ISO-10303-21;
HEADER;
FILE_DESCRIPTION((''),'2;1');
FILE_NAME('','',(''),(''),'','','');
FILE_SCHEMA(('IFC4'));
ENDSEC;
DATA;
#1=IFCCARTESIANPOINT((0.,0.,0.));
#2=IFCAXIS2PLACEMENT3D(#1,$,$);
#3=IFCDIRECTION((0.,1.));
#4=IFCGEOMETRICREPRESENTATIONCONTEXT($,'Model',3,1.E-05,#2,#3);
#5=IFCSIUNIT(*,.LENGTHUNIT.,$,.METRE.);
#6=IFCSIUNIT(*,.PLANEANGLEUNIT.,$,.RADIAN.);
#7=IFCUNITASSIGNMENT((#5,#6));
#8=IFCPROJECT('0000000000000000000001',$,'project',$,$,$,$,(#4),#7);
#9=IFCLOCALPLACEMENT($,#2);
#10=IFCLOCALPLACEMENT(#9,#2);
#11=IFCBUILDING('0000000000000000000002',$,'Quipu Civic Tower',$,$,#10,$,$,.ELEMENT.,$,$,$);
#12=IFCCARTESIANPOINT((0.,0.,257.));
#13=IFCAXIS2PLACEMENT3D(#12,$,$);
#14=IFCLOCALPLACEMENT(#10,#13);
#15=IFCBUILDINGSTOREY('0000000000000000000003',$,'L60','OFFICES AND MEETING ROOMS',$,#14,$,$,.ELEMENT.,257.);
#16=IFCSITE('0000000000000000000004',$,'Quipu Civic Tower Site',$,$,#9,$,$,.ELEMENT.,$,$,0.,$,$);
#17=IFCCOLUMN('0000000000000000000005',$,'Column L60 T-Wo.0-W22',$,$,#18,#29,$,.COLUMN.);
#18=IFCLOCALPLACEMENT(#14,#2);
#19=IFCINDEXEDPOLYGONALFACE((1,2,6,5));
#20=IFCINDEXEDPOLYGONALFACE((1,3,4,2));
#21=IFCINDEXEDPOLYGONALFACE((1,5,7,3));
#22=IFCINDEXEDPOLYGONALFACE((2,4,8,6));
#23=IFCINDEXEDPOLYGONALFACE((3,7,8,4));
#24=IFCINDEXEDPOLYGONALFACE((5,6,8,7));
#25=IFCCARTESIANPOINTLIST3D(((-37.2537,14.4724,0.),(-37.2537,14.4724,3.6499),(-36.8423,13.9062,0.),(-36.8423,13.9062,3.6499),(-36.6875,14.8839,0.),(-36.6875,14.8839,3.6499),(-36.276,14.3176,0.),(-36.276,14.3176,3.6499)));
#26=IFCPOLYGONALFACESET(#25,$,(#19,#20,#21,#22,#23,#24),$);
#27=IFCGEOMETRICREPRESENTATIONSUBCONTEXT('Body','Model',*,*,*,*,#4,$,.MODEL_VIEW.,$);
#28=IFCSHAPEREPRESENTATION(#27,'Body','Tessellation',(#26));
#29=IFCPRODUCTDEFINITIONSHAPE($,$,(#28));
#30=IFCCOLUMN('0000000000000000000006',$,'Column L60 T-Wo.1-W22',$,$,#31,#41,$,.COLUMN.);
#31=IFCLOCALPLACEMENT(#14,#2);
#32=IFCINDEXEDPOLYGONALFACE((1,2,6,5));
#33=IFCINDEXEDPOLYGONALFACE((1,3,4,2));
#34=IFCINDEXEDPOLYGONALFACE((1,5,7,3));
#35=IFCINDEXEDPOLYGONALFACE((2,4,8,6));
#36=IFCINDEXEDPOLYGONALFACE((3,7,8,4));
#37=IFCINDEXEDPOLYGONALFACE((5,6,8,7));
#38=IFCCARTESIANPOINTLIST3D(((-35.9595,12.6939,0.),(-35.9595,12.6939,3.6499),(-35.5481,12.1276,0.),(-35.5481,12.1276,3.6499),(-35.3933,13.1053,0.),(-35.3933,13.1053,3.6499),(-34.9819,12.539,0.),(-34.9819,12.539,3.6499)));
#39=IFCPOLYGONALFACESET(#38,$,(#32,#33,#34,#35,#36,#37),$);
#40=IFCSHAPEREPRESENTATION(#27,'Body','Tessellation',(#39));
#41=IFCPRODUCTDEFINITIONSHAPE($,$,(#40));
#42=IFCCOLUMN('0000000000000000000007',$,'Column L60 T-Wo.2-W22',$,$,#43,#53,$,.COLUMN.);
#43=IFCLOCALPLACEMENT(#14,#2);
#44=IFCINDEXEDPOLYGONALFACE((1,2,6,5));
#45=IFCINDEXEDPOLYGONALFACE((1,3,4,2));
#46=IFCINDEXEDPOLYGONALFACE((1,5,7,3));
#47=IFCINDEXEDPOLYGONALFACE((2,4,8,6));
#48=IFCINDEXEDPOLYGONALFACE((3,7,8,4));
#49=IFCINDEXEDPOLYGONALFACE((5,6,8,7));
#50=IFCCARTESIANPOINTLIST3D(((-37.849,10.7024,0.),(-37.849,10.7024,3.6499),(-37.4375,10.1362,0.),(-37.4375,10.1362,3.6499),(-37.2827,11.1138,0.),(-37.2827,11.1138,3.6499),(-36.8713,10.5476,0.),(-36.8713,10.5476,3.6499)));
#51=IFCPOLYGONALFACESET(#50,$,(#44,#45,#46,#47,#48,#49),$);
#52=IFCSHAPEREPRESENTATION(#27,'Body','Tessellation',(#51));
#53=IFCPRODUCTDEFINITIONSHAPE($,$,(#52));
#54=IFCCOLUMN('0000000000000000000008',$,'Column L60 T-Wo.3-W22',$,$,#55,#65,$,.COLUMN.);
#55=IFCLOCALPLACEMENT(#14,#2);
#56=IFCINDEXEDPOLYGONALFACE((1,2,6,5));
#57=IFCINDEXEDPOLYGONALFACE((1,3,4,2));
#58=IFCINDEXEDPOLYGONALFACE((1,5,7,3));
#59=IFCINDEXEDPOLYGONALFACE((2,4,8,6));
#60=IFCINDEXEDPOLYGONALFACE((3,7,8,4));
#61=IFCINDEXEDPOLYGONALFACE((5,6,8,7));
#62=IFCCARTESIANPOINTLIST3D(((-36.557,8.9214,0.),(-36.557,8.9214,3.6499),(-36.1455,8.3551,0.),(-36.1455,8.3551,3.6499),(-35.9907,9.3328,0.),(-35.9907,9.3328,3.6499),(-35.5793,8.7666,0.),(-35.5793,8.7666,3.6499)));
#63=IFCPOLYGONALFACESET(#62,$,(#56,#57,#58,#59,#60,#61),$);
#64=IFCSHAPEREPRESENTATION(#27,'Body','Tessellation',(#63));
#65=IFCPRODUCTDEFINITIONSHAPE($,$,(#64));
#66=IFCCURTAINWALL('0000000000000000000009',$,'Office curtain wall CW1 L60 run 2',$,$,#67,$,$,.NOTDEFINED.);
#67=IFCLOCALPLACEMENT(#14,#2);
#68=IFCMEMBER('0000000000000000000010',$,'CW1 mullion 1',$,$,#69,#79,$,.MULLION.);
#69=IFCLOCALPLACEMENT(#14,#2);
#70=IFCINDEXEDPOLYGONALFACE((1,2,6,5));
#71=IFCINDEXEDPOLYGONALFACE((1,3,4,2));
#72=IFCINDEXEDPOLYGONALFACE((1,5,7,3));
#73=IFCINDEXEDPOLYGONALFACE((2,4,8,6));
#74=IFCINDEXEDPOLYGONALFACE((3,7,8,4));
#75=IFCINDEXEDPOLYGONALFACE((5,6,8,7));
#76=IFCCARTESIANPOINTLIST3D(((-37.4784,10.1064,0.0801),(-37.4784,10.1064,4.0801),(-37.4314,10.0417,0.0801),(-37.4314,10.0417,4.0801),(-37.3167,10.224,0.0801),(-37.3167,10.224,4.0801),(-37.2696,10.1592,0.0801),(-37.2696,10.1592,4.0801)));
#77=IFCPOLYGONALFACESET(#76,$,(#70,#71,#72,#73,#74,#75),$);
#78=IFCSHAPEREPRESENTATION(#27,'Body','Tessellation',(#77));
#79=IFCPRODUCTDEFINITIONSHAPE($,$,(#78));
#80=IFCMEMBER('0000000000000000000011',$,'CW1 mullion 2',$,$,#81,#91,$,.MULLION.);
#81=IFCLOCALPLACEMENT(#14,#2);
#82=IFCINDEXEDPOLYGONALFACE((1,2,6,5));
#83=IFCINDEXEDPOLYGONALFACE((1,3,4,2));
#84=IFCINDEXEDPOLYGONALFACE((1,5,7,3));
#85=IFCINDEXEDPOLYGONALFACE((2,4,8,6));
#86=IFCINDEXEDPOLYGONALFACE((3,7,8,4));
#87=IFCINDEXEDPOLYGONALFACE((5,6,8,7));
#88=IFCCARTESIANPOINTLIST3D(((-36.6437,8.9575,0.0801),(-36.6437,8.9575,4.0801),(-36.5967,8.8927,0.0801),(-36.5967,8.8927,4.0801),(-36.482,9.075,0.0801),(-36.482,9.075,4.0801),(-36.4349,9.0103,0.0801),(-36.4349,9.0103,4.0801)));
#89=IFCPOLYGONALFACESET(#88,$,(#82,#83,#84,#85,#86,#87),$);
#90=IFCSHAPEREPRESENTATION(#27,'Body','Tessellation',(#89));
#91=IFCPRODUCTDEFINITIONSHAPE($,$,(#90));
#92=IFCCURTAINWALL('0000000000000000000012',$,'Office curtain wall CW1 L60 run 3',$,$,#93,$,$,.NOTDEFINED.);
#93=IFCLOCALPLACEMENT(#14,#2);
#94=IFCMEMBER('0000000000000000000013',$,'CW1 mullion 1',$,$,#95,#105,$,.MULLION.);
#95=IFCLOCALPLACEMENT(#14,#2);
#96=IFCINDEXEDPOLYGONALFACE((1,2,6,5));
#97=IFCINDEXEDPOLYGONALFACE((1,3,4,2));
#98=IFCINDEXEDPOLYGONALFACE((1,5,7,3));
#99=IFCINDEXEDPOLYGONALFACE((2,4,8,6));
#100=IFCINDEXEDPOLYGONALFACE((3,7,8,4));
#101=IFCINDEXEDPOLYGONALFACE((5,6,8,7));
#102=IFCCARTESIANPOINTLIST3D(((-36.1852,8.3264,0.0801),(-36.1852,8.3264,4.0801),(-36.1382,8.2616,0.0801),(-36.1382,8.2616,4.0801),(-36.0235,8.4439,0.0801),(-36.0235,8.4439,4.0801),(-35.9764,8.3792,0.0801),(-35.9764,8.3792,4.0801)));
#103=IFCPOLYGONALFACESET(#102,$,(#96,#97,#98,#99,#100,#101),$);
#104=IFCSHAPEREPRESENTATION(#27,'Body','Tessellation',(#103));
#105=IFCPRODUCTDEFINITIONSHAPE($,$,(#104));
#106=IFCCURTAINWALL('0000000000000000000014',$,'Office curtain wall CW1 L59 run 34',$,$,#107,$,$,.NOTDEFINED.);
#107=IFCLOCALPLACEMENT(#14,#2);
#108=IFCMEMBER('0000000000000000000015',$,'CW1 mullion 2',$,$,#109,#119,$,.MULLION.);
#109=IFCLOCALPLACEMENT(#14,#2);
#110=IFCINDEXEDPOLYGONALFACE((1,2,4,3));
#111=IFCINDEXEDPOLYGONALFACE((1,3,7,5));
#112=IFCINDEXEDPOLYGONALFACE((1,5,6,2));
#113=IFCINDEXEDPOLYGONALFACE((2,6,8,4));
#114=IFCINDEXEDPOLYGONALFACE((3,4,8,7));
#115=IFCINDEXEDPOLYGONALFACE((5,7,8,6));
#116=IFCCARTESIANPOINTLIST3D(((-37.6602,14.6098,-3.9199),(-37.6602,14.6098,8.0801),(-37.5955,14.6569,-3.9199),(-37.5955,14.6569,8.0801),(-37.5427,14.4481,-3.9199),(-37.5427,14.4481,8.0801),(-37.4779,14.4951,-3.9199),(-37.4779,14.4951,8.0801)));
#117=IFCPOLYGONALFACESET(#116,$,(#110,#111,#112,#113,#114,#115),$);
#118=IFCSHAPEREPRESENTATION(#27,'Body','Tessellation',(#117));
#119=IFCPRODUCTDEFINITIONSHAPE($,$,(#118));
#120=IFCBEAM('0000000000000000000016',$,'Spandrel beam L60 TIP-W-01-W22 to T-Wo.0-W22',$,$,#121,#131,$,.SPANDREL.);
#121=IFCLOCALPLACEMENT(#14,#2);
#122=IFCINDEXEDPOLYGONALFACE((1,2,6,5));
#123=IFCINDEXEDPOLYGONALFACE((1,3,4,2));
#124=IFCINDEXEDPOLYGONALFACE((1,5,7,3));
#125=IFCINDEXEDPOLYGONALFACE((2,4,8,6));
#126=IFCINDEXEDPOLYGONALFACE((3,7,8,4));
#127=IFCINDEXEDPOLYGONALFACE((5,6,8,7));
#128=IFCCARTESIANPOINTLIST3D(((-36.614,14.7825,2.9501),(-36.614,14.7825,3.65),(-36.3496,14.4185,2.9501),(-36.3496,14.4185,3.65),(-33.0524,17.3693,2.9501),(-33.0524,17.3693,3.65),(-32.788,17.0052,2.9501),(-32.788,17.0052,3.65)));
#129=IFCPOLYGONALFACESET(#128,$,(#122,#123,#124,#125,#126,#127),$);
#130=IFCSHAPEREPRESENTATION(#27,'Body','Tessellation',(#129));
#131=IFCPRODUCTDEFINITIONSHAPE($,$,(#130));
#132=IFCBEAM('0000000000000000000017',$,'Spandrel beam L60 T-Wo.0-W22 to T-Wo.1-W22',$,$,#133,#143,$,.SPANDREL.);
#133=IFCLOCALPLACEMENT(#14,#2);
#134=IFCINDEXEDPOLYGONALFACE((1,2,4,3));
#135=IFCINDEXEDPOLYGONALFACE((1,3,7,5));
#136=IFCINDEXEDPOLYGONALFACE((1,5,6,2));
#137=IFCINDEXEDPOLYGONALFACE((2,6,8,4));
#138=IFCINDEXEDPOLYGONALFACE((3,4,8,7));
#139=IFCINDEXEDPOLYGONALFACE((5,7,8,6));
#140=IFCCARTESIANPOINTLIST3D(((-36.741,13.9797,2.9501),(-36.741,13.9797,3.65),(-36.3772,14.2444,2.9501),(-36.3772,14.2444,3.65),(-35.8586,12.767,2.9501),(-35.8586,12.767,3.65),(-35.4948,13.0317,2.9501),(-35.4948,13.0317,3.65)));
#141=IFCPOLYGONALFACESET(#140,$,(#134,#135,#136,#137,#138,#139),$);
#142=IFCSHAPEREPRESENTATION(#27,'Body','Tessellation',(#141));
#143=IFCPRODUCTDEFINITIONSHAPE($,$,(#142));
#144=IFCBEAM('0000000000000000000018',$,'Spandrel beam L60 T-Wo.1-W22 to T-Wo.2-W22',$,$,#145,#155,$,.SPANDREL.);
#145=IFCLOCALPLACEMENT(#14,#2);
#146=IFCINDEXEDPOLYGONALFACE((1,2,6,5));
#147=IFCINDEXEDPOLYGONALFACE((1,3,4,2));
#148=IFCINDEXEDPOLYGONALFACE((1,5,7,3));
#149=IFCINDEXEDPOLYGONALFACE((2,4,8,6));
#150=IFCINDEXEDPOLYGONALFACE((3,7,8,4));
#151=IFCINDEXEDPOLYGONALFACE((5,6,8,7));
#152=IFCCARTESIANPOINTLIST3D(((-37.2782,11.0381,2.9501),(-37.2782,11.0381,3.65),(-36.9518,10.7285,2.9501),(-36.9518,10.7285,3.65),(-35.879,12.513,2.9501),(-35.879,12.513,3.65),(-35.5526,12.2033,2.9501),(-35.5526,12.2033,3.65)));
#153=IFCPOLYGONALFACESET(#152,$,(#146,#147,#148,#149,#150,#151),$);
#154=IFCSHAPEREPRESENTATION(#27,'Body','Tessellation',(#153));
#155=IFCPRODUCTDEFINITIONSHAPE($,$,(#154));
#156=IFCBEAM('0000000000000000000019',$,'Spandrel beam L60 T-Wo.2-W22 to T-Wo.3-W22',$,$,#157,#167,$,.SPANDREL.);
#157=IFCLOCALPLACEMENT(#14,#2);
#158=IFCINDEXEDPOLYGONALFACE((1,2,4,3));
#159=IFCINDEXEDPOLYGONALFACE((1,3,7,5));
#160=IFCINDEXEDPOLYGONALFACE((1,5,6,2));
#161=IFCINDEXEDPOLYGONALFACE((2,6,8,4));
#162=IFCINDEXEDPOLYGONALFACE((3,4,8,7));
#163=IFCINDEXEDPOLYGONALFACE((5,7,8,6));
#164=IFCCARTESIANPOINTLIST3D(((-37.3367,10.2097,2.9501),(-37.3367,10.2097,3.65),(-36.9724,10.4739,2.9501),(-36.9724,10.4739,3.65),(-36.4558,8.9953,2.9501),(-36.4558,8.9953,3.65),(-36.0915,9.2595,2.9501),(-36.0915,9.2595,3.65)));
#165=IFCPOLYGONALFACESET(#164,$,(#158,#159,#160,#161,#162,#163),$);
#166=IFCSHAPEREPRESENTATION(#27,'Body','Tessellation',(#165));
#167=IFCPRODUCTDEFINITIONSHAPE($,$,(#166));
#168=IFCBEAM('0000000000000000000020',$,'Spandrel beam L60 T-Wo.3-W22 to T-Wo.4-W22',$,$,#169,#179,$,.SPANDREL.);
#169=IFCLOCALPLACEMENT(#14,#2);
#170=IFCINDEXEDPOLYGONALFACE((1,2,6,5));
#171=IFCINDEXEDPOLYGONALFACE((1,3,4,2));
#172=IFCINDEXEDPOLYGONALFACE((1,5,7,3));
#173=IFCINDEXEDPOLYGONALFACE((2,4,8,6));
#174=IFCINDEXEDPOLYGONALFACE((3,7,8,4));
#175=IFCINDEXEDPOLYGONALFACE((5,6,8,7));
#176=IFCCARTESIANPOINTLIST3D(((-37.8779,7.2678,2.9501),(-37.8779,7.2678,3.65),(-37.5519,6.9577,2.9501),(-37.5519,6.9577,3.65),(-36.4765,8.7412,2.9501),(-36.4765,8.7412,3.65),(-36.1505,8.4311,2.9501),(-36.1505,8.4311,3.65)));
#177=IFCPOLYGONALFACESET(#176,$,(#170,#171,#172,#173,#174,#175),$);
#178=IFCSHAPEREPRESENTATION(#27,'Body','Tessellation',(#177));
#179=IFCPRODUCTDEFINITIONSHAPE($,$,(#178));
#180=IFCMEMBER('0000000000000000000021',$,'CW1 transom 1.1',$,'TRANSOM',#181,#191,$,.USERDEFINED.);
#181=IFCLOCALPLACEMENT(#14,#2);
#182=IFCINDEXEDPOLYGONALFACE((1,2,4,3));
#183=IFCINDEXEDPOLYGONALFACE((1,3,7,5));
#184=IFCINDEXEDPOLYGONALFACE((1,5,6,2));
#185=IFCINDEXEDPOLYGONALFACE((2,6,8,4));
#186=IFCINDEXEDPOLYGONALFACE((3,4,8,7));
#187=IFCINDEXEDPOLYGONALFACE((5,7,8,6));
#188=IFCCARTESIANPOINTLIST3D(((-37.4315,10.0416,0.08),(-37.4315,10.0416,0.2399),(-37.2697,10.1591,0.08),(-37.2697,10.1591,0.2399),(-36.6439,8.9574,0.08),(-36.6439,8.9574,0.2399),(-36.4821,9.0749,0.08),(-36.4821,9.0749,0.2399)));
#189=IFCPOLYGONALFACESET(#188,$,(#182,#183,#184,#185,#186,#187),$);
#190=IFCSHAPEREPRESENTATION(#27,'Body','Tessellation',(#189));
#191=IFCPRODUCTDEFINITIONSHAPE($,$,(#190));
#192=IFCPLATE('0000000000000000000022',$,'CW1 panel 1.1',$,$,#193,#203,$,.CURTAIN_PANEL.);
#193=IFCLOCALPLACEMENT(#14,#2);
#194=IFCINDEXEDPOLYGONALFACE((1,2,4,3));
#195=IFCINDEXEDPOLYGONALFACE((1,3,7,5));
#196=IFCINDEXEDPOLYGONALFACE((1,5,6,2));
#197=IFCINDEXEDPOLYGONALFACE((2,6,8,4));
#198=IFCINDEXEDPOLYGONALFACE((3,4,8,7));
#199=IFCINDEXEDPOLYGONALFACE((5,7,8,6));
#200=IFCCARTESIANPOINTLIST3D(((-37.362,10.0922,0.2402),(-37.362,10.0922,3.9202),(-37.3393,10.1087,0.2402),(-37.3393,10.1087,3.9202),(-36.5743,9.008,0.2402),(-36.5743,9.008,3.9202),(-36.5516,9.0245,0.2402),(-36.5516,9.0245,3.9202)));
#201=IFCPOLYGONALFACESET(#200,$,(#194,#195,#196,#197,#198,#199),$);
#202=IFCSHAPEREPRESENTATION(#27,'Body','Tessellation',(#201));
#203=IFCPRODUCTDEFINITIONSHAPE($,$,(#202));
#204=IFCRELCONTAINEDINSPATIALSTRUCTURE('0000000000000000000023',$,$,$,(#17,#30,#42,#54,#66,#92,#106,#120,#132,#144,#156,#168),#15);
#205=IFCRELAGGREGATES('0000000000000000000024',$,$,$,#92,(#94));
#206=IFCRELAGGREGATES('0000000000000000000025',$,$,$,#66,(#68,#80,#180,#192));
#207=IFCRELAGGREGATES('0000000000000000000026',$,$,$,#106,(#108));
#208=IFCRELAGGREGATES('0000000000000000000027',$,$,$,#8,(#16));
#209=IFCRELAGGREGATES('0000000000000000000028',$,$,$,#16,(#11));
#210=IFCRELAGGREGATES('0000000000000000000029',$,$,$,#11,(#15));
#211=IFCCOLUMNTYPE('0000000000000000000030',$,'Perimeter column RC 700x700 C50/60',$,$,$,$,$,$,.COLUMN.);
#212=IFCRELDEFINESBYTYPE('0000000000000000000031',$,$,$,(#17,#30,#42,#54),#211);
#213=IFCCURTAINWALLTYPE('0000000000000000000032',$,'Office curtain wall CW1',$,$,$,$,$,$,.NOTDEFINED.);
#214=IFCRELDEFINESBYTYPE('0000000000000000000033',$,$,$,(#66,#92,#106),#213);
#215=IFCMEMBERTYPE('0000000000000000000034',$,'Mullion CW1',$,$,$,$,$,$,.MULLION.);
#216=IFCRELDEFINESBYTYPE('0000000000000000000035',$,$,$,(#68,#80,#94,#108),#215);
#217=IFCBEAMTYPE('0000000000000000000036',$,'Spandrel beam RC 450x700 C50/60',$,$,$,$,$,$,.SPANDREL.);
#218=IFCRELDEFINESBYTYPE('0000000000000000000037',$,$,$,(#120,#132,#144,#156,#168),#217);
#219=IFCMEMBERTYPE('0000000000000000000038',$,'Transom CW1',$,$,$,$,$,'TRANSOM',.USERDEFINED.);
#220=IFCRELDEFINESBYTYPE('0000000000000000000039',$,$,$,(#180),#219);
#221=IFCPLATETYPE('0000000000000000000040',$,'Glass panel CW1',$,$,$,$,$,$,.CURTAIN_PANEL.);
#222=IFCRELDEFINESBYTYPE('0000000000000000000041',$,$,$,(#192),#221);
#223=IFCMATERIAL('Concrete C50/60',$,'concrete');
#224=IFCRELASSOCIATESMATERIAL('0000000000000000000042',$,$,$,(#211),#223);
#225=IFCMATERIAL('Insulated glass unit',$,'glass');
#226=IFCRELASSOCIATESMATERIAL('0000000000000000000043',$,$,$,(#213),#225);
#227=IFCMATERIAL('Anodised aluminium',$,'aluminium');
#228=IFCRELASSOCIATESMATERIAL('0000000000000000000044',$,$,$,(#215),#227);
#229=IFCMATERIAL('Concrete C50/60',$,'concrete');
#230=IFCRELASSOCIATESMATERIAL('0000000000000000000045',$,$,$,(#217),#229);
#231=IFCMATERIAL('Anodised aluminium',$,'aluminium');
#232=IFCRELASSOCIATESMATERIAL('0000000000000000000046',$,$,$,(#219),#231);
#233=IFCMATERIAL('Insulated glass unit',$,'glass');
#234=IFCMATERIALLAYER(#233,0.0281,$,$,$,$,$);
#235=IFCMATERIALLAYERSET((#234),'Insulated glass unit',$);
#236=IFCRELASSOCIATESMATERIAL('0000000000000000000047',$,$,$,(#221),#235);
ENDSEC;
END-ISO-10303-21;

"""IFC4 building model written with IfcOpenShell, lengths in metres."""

from ifc_helpers import new_model, si_unit, direction, frame, origin, origin_2d, place, context, subcontext, project, spatial, rectangle, extrude, material, layer, layer_set, material_profile, profile_set, type_object, element, aggregate, save


model = new_model("IFC4")

# Units and contexts
model_context = context("Model", 3, precision=1e-05, world=origin(), true_north=direction((0.0, 1.0)))
body_context = subcontext(model_context, "Body", "Model", "MODEL_VIEW")
ifc_project = project(units=[si_unit("LENGTHUNIT", "METRE"), si_unit("PLANEANGLEUNIT", "RADIAN")], contexts=[model_context])

# Site, building, storey
site_placement = place(None, origin())
site = spatial("IfcSite", under=ifc_project, at=site_placement, Name="Quipu Civic Tower Site", CompositionType="ELEMENT", RefElevation=0.0)
building_placement = place(site_placement, origin())
building = spatial("IfcBuilding", under=site, at=building_placement, Name="Quipu Civic Tower", CompositionType="ELEMENT")
storey_placement = place(building_placement, frame((0.0, 0.0, 257.0)))
storey = spatial("IfcBuildingStorey", under=building, at=storey_placement, Name="L60", Description="OFFICES AND MEETING ROOMS", CompositionType="ELEMENT", Elevation=257.0)

# Columns
ifc_material_1 = material(Name="Concrete C50/60", Category="concrete")
ifc_material_profile_1 = material_profile(ifc_material_1, rectangle(XDim=0.7, YDim=0.7, at=origin_2d()), Name="RC700x700")
ifc_profile_set_1 = profile_set([ifc_material_profile_1], Name="Concrete C50/60")
column_type = type_object("IfcColumnType", Name="Perimeter column RC 700x700 C50/60", PredefinedType="COLUMN", material=ifc_profile_set_1)
for number, where, z_axis, x_axis, name in (
    (1, (-36.7649, 14.395, 0.0), (0.0, 0.0, 1.0), (0.587785, -0.809017, 0.0), "Column L60 T-Wo.0-W22"),
    (2, (-35.4707, 12.6165, 0.0), (0.0, 0.0, 1.0), (-0.809017, -0.587785, 0.0), "Column L60 T-Wo.1-W22"),
    (3, (-37.3601, 10.625, 0.0), (0.0, 0.0, 1.0), (0.587785, -0.809017, 0.0), "Column L60 T-Wo.2-W22"),
    (4, (-36.0681, 8.844, 0.0), (0.0, 0.0, 1.0), (0.587785, -0.809017, 0.0), "Column L60 T-Wo.3-W22"),
):
    element("IfcColumn", number, at=place(storey_placement, frame(where, z_axis=z_axis, x_axis=x_axis)), inside=storey, type_object=column_type, Name=name, PredefinedType="COLUMN", context=body_context, shape_type="SweptSolid", body=[
        extrude(rectangle(XDim=0.7, YDim=0.7, at=origin_2d()), origin(), (0.0, 0.0, 1.0), 3.6499),
    ])

# Curtain wall, members
ifc_material_2 = material(Name="Insulated glass unit", Category="glass")
curtain_wall_type = type_object("IfcCurtainWallType", Name="Office curtain wall CW1", PredefinedType="NOTDEFINED", material=ifc_material_2)
curtain_wall_1_placement = place(storey_placement, origin())
curtain_wall_1 = element("IfcCurtainWall", 5, at=curtain_wall_1_placement, inside=storey, type_object=curtain_wall_type, Name="Office curtain wall CW1 L60 run 2", PredefinedType="NOTDEFINED")
ifc_material_3 = material(Name="Anodised aluminium", Category="aluminium")
ifc_material_profile_2 = material_profile(ifc_material_3, rectangle(XDim=0.2, YDim=0.0801, at=origin_2d()), Name="RECT 200x80")
ifc_profile_set_2 = profile_set([ifc_material_profile_2], Name="Anodised aluminium")
member_type_1 = type_object("IfcMemberType", Name="Mullion CW1", PredefinedType="MULLION", material=ifc_profile_set_2)
member_1_placement = place(storey_placement, frame((-37.374, 10.1328, 0.0801), z_axis=(0.0, 0.0, 1.0), x_axis=(0.809027, 0.587771, 0.0)))
member_1 = element("IfcMember", 6, at=member_1_placement, type_object=member_type_1, Name="CW1 mullion 1", PredefinedType="MULLION", context=body_context, shape_type="SweptSolid", body=[
    extrude(rectangle(XDim=0.2, YDim=0.0801, at=origin_2d()), origin(), (0.0, 0.0, 1.0), 4.0),
])
member_2_placement = place(storey_placement, frame((-36.5393, 8.9839, 0.0801), z_axis=(0.0, 0.0, 1.0), x_axis=(0.809027, 0.587771, 0.0)))
member_2 = element("IfcMember", 7, at=member_2_placement, type_object=member_type_1, Name="CW1 mullion 2", PredefinedType="MULLION", context=body_context, shape_type="SweptSolid", body=[
    extrude(rectangle(XDim=0.2, YDim=0.0801, at=origin_2d()), origin(), (0.0, 0.0, 1.0), 4.0),
])

# Curtain walls, members
curtain_wall_2_placement = place(storey_placement, origin())
curtain_wall_2 = element("IfcCurtainWall", 8, at=curtain_wall_2_placement, inside=storey, type_object=curtain_wall_type, Name="Office curtain wall CW1 L60 run 3", PredefinedType="NOTDEFINED")
member_3_placement = place(storey_placement, frame((-36.0808, 8.3528, 0.0801), z_axis=(0.0, 0.0, 1.0), x_axis=(0.808995, 0.587815, 0.0)))
member_3 = element("IfcMember", 9, at=member_3_placement, type_object=member_type_1, Name="CW1 mullion 1", PredefinedType="MULLION", context=body_context, shape_type="SweptSolid", body=[
    extrude(rectangle(XDim=0.2, YDim=0.0801, at=origin_2d()), origin(), (0.0, 0.0, 1.0), 4.0),
])
aggregate(curtain_wall_2, [member_3])
curtain_wall_3_placement = place(storey_placement, origin())
curtain_wall_3 = element("IfcCurtainWall", 10, at=curtain_wall_3_placement, inside=storey, type_object=curtain_wall_type, Name="Office curtain wall CW1 L59 run 34", PredefinedType="NOTDEFINED")
member_4_placement = place(storey_placement, frame((-37.5691, 14.5525, -3.9199), z_axis=(0.0, 0.0, 1.0), x_axis=(0.587788, -0.809015, 0.0)))
member_4 = element("IfcMember", 11, at=member_4_placement, type_object=member_type_1, Name="CW1 mullion 2", PredefinedType="MULLION", context=body_context, shape_type="SweptSolid", body=[
    extrude(rectangle(XDim=0.2, YDim=0.0801, at=origin_2d()), origin(), (0.0, 0.0, 1.0), 12.0),
])

# Beams
ifc_material_4 = material(Name="Concrete C50/60", Category="concrete")
ifc_material_profile_3 = material_profile(ifc_material_4, rectangle(XDim=0.45, YDim=0.7, at=origin_2d()), Name="RC450x700")
ifc_profile_set_3 = profile_set([ifc_material_profile_3], Name="Concrete C50/60")
beam_type = type_object("IfcBeamType", Name="Spandrel beam RC 450x700 C50/60", PredefinedType="SPANDREL", material=ifc_profile_set_3)
beam_1_placement = place(storey_placement, frame((-32.9202, 17.1873, 3.3), z_axis=(-0.809117, -0.587647, 0.0), x_axis=(0.587647, -0.809117, 0.0)))
element("IfcBeam", 12, at=beam_1_placement, inside=storey, type_object=beam_type, Name="Spandrel beam L60 TIP-W-01-W22 to T-Wo.0-W22", PredefinedType="SPANDREL", context=body_context, shape_type="SweptSolid", body=[
    extrude(rectangle(XDim=0.45, YDim=0.7, at=origin_2d()), origin(), (0.0, 0.0, 1.0), 4.4019),
])
beam_2_placement = place(storey_placement, frame((-36.5591, 14.1121, 3.3), z_axis=(0.588346, -0.808609, 0.0), x_axis=(0.808609, 0.588346, 0.0)))
element("IfcBeam", 13, at=beam_2_placement, inside=storey, type_object=beam_type, Name="Spandrel beam L60 T-Wo.0-W22 to T-Wo.1-W22", PredefinedType="SPANDREL", context=body_context, shape_type="SweptSolid", body=[
    extrude(rectangle(XDim=0.45, YDim=0.7, at=origin_2d()), origin(), (0.0, 0.0, 1.0), 1.4998),
])
beam_3_placement = place(storey_placement, frame((-35.7158, 12.3582, 3.3), z_axis=(-0.688247, -0.725476, 0.0), x_axis=(0.725476, -0.688247, 0.0)))
element("IfcBeam", 14, at=beam_3_placement, inside=storey, type_object=beam_type, Name="Spandrel beam L60 T-Wo.1-W22 to T-Wo.2-W22", PredefinedType="SPANDREL", context=body_context, shape_type="SweptSolid", body=[
    extrude(rectangle(XDim=0.45, YDim=0.7, at=origin_2d()), origin(), (0.0, 0.0, 1.0), 2.033),
])
beam_4_placement = place(storey_placement, frame((-37.1545, 10.3418, 3.3), z_axis=(0.587165, -0.809467, 0.0), x_axis=(0.809467, 0.587165, 0.0)))
element("IfcBeam", 15, at=beam_4_placement, inside=storey, type_object=beam_type, Name="Spandrel beam L60 T-Wo.2-W22 to T-Wo.3-W22", PredefinedType="SPANDREL", context=body_context, shape_type="SweptSolid", body=[
    extrude(rectangle(XDim=0.45, YDim=0.7, at=origin_2d()), origin(), (0.0, 0.0, 1.0), 1.5002),
])
beam_5_placement = place(storey_placement, frame((-36.3135, 8.5862, 3.3), z_axis=(-0.689175, -0.724595, 0.0), x_axis=(0.724595, -0.689175, 0.0)))
element("IfcBeam", 16, at=beam_5_placement, inside=storey, type_object=beam_type, Name="Spandrel beam L60 T-Wo.3-W22 to T-Wo.4-W22", PredefinedType="SPANDREL", context=body_context, shape_type="SweptSolid", body=[
    extrude(rectangle(XDim=0.45, YDim=0.7, at=origin_2d()), origin(), (0.0, 0.0, 1.0), 2.0334),
])

# Member
ifc_material_5 = material(Name="Anodised aluminium", Category="aluminium")
ifc_material_profile_4 = material_profile(ifc_material_5, rectangle(XDim=0.2, YDim=0.1599, at=origin_2d()), Name="RECT 200x160")
ifc_profile_set_4 = profile_set([ifc_material_profile_4], Name="Anodised aluminium")
member_type_2 = type_object("IfcMemberType", Name="Transom CW1", ElementType="TRANSOM", PredefinedType="USERDEFINED", material=ifc_profile_set_4)
member_5_placement = place(storey_placement, frame((-37.3506, 10.1003, 0.1599), z_axis=(0.587717, -0.809067, 0.0), x_axis=(0.809067, 0.587717, 0.0)))
member_5 = element("IfcMember", 17, at=member_5_placement, type_object=member_type_2, Name="CW1 transom 1.1", ObjectType="TRANSOM", PredefinedType="USERDEFINED", context=body_context, shape_type="SweptSolid", body=[
    extrude(rectangle(XDim=0.2, YDim=0.1599, at=origin_2d()), origin(), (0.0, 0.0, 1.0), 1.3401),
])

# Plate
ifc_material_6 = material(Name="Insulated glass unit", Category="glass")
ifc_layer = layer(ifc_material_6, 0.0281)
ifc_layer_set = layer_set([ifc_layer], Name="Insulated glass unit")
plate_type_1 = type_object("IfcPlateType", Name="Glass panel CW1", PredefinedType="CURTAIN_PANEL", material=ifc_layer_set)
plate_1_placement = place(storey_placement, frame((-36.9568, 9.5583, 0.2402), z_axis=(0.0, 0.0, 1.0), x_axis=(0.587771, -0.809027, 0.0)))
plate_1 = element("IfcPlate", 18, at=plate_1_placement, type_object=plate_type_1, Name="CW1 panel 1.1", PredefinedType="CURTAIN_PANEL", context=body_context, shape_type="SweptSolid", body=[
    extrude(rectangle(XDim=1.3401, YDim=0.0281, at=origin_2d()), origin(), (0.0, 0.0, 1.0), 3.6799),
])
aggregate(curtain_wall_1, [member_1, member_2, member_5, plate_1])
aggregate(curtain_wall_3, [member_4])

save(model, "model.ifc")
